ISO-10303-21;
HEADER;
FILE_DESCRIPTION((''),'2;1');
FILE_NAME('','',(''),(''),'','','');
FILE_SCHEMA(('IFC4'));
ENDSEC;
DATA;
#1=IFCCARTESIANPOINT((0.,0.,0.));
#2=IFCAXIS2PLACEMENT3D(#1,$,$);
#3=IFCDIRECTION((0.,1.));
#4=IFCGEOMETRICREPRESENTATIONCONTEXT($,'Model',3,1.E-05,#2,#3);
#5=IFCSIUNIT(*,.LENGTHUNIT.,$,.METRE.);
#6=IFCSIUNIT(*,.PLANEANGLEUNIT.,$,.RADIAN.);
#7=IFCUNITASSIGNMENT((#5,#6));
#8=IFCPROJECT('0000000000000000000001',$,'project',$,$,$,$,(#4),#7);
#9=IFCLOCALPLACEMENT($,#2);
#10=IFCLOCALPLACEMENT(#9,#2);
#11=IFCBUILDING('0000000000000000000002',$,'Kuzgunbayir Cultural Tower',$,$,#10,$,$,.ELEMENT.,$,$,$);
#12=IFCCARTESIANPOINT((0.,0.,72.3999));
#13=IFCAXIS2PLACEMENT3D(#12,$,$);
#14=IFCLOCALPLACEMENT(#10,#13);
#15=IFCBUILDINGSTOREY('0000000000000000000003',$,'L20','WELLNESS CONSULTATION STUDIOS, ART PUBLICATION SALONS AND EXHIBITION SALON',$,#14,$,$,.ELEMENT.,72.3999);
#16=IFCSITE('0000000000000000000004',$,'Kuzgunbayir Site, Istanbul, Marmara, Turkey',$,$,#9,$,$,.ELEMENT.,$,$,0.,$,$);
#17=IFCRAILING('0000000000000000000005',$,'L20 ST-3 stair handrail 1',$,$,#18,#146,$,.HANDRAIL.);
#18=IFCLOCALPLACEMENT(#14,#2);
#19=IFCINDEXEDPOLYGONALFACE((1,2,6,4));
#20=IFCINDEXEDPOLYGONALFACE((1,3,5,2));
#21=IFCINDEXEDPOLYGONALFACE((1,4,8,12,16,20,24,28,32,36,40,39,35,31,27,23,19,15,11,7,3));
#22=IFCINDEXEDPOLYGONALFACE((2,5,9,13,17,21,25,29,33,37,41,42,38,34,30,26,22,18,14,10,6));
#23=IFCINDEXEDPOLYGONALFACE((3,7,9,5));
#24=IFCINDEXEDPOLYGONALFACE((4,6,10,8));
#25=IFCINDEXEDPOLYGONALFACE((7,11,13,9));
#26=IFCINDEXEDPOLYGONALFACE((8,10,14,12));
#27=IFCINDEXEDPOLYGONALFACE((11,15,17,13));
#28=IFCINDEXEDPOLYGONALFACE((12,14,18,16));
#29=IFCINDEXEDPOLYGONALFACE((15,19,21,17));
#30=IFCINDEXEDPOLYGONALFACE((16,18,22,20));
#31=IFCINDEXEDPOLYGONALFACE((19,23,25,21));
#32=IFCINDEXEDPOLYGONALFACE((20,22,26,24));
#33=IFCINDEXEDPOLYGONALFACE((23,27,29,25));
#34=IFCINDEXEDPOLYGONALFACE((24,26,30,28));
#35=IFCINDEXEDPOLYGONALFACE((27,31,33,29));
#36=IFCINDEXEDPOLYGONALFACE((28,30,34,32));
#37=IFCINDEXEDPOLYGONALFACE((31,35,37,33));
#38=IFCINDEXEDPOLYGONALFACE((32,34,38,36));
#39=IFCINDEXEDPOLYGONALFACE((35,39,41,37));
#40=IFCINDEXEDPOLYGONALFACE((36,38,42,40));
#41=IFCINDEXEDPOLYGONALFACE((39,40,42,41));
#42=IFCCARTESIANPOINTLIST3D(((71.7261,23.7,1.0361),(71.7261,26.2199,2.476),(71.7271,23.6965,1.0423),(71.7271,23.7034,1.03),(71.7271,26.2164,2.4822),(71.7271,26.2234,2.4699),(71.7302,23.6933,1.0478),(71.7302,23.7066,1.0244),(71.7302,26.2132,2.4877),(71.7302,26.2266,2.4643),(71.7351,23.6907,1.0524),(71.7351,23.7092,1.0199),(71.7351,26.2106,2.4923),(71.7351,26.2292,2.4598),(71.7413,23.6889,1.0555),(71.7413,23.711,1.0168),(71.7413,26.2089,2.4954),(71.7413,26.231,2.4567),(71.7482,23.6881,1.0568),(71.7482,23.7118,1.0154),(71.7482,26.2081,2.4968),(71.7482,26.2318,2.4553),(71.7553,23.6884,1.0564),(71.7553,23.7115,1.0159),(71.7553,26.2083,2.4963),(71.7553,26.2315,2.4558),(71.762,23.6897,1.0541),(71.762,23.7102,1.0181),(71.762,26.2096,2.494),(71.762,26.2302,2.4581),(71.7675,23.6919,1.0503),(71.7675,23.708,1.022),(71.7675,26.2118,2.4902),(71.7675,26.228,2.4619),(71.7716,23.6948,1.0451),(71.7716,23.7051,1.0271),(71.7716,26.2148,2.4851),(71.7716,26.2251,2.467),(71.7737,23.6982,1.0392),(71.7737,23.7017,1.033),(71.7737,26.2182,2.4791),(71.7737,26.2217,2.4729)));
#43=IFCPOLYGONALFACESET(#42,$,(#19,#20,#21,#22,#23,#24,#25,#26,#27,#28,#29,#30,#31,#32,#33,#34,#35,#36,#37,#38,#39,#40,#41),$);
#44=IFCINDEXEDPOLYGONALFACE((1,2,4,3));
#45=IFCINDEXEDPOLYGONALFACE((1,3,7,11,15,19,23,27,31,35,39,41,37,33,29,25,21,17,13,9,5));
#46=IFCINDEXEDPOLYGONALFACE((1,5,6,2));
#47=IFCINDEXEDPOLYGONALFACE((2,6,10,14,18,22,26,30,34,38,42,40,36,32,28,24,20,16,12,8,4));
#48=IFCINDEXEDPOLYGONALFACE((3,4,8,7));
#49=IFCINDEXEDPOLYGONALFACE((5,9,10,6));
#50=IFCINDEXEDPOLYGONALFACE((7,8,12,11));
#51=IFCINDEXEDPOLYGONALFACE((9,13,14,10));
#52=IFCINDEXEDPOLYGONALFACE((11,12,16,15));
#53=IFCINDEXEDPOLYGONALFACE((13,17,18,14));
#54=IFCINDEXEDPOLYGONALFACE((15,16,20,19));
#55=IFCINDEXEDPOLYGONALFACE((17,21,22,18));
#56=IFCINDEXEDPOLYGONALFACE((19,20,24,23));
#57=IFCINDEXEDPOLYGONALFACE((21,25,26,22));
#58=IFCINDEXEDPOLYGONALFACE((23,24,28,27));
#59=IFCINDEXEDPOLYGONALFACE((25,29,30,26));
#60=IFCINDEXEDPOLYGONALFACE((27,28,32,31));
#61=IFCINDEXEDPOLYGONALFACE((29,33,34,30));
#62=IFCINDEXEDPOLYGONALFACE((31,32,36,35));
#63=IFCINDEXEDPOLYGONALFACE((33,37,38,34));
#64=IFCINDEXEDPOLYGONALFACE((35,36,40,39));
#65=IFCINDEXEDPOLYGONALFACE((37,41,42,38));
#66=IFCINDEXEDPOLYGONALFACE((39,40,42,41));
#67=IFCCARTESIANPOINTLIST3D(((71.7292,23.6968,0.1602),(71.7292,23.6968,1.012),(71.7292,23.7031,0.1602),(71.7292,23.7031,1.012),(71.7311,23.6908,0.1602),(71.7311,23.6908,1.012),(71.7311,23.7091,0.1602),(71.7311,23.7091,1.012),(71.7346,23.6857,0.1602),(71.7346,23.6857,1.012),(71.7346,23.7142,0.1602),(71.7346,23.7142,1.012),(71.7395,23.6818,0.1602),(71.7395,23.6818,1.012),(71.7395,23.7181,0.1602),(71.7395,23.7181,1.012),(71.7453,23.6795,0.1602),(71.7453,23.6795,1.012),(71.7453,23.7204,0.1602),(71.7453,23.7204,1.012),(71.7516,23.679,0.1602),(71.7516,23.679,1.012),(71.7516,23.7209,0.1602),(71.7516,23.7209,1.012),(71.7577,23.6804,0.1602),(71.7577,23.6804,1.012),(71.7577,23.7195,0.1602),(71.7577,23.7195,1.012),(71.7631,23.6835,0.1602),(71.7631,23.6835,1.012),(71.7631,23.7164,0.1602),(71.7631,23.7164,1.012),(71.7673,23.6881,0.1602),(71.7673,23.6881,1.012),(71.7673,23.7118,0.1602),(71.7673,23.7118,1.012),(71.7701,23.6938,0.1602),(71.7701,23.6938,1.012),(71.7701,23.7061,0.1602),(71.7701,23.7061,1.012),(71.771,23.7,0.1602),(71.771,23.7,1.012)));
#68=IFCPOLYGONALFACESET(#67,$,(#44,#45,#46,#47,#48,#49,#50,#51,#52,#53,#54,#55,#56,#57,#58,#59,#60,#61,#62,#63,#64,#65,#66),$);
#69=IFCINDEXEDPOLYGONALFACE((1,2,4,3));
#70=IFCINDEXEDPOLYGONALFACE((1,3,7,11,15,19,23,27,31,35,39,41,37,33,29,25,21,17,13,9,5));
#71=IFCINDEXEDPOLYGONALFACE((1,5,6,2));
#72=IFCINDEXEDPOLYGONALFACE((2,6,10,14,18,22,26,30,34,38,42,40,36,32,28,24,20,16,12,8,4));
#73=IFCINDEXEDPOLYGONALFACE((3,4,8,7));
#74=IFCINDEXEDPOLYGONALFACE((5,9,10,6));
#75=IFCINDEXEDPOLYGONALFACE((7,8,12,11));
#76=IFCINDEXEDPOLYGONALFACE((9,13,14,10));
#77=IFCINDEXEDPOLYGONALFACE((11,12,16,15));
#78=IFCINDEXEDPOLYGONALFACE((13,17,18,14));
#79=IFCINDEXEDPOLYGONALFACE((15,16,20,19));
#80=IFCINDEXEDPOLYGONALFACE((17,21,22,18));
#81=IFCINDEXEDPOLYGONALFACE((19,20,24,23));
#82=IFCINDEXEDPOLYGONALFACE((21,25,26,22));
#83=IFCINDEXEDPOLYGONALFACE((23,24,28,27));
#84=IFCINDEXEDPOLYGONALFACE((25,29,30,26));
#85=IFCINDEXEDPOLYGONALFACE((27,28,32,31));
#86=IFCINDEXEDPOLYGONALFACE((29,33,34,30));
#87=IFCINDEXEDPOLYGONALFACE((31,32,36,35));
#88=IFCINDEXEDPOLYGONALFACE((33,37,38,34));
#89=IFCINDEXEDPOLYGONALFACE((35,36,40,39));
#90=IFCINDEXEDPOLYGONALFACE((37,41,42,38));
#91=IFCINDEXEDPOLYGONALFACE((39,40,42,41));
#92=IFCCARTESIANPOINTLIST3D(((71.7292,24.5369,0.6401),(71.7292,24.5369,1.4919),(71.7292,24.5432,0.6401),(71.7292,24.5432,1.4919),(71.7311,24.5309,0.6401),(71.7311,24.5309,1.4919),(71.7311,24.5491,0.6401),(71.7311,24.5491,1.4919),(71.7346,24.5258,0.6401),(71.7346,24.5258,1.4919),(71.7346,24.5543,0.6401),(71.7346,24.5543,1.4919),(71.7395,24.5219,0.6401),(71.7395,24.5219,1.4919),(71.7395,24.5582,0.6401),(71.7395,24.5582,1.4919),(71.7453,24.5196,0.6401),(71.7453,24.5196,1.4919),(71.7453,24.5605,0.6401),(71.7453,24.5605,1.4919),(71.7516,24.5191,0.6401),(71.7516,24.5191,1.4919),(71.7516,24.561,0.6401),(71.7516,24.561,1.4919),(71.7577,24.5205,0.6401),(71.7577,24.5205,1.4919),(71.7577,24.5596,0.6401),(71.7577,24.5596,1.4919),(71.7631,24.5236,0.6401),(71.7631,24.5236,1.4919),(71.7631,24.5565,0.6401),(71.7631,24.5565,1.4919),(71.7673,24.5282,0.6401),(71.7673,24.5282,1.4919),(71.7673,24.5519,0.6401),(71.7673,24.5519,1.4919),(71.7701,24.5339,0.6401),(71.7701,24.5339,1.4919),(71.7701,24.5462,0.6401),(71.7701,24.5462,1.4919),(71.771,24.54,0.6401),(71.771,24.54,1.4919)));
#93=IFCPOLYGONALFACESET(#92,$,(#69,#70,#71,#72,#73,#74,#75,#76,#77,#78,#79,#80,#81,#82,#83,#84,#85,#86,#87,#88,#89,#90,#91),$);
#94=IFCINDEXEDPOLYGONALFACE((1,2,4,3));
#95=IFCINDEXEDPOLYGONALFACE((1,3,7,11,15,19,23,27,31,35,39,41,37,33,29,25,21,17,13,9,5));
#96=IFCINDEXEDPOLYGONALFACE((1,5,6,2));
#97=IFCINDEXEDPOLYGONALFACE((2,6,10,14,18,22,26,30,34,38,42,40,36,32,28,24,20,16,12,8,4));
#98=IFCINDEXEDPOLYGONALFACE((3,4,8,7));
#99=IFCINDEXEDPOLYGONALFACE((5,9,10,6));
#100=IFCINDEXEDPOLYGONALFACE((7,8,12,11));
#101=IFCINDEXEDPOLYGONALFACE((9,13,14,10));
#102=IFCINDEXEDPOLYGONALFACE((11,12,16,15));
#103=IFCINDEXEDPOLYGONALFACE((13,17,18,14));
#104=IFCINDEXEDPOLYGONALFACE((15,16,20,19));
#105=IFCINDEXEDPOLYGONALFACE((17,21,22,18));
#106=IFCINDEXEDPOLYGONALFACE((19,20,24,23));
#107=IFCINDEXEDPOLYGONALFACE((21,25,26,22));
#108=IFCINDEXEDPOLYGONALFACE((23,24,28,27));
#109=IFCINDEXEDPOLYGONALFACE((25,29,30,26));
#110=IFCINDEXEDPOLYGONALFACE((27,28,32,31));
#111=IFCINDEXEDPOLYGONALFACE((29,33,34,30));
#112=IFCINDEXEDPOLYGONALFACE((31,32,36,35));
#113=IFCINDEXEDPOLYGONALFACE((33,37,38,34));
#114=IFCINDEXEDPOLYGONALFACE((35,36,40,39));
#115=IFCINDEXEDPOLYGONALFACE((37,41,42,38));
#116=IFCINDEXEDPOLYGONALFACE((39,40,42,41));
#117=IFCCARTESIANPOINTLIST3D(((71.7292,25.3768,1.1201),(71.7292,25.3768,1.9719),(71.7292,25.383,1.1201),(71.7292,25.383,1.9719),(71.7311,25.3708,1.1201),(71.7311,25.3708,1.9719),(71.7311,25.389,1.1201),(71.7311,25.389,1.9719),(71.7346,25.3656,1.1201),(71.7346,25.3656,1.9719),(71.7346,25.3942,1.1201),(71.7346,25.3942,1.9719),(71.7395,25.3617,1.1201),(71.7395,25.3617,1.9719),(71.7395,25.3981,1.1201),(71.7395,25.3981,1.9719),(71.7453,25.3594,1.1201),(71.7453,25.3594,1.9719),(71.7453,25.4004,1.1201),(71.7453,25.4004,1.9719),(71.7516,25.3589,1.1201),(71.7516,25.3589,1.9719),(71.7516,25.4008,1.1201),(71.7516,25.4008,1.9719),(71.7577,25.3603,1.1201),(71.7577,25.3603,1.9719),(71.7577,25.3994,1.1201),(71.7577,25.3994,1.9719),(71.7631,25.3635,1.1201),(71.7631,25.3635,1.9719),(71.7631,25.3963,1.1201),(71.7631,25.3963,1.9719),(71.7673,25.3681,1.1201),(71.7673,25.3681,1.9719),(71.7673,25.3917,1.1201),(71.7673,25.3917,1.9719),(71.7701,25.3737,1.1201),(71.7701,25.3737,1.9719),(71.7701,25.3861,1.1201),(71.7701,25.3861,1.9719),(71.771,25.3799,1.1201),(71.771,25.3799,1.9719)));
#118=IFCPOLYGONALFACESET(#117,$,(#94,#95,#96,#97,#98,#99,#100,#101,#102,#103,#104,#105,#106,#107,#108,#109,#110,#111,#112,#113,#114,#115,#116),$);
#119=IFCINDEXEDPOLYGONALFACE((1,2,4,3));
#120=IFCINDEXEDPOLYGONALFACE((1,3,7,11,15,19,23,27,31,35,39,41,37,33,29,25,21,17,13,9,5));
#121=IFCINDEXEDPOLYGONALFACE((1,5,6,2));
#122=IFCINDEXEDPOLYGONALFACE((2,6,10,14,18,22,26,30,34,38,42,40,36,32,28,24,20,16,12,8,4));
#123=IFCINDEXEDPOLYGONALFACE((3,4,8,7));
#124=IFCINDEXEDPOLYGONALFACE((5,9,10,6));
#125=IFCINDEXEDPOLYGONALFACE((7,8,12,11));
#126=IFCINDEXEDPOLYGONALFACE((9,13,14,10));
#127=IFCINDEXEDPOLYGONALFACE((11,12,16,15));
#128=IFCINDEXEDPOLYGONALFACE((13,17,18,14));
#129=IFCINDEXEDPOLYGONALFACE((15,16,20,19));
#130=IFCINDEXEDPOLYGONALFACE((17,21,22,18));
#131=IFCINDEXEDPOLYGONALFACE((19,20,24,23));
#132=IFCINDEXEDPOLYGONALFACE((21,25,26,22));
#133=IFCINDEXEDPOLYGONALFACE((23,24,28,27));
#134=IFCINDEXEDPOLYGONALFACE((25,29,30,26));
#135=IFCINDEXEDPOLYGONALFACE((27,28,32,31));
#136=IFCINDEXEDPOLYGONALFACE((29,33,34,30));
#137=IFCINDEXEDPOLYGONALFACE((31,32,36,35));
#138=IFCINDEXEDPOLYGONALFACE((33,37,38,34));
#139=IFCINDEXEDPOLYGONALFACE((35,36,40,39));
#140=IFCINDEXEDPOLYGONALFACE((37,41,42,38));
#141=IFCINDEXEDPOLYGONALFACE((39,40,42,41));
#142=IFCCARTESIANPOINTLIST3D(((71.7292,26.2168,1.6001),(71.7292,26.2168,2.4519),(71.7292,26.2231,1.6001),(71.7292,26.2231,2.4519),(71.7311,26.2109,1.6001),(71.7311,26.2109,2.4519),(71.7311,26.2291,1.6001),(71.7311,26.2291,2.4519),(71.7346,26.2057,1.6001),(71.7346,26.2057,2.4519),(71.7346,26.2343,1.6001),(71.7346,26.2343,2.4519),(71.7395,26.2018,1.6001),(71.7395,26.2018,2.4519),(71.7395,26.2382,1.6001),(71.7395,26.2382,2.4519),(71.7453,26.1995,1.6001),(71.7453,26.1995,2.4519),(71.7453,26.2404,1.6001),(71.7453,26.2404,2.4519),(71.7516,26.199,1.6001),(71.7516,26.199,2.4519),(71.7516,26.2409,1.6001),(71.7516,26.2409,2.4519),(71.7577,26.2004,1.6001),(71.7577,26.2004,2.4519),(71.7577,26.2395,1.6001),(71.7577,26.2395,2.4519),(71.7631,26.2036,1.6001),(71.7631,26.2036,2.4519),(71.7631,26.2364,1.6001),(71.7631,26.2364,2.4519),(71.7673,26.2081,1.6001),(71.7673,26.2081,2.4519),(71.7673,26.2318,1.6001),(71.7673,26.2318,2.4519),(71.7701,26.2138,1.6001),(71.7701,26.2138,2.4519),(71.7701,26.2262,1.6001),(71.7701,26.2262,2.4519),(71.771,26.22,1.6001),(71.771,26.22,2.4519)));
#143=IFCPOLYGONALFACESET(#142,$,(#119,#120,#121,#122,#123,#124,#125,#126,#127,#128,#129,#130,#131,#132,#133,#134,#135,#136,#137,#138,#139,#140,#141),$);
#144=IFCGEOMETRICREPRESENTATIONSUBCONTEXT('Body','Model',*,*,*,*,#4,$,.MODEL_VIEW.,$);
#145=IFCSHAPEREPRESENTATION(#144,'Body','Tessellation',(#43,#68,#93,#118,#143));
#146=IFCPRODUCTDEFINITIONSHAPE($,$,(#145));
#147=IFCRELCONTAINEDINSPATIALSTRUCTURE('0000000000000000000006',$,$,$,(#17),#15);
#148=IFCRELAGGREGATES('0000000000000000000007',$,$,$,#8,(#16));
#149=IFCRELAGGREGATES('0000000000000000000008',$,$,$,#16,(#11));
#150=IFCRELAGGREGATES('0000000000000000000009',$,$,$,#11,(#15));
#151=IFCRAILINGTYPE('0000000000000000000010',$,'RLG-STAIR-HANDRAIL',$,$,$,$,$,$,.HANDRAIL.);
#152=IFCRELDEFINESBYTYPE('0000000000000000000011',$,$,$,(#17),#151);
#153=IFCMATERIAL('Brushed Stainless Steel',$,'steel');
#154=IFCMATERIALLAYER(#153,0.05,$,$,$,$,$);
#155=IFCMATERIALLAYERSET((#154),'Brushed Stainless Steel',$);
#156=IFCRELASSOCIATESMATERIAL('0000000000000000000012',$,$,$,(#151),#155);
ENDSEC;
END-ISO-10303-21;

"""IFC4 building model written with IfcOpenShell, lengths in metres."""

from ifc_helpers import new_model, si_unit, direction, frame, origin, origin_2d, place, context, subcontext, project, spatial, circle, extrude, material, layer, layer_set, type_object, element, save


model = new_model("IFC4")

# Units and contexts
model_context = context("Model", 3, precision=1e-05, world=origin(), true_north=direction((0.0, 1.0)))
body_context = subcontext(model_context, "Body", "Model", "MODEL_VIEW")
ifc_project = project(units=[si_unit("LENGTHUNIT", "METRE"), si_unit("PLANEANGLEUNIT", "RADIAN")], contexts=[model_context])

# Site, building, storey
site_placement = place(None, origin())
site = spatial("IfcSite", under=ifc_project, at=site_placement, Name="Kuzgunbayir Site, Istanbul, Marmara, Turkey", CompositionType="ELEMENT", RefElevation=0.0)
building_placement = place(site_placement, origin())
building = spatial("IfcBuilding", under=site, at=building_placement, Name="Kuzgunbayir Cultural Tower", CompositionType="ELEMENT")
storey_placement = place(building_placement, frame((0.0, 0.0, 72.3999)))
storey = spatial("IfcBuildingStorey", under=building, at=storey_placement, Name="L20", Description="WELLNESS CONSULTATION STUDIOS, ART PUBLICATION SALONS AND EXHIBITION SALON", CompositionType="ELEMENT", Elevation=72.3999)

# Railing
ifc_material_1 = material(Name="Brushed Stainless Steel", Category="steel")
ifc_layer_1 = layer(ifc_material_1, 0.05)
ifc_layer_set_1 = layer_set([ifc_layer_1], Name="Brushed Stainless Steel")
railing_type_1 = type_object("IfcRailingType", Name="RLG-STAIR-HANDRAIL", PredefinedType="HANDRAIL", material=ifc_layer_set_1)
railing_1_placement = place(storey_placement, frame((71.75, 23.7, 0.1602)))
element("IfcRailing", 1, at=railing_1_placement, inside=storey, type_object=railing_type_1, Name="L20 ST-3 stair handrail 1", PredefinedType="HANDRAIL", context=body_context, shape_type="SweptSolid", body=[
    extrude(circle(Radius=0.0239, at=origin_2d()), frame((0.0, 0.0, 0.876), z_axis=(0.0, 0.868253, 0.496121), x_axis=(-1.0, 0.0, 0.0)), (0.0, 0.0, 1.0), 2.9023),
    extrude(circle(Radius=0.021, at=origin_2d()), origin(), (0.0, 0.0, 1.0), 0.8518),
    extrude(circle(Radius=0.021, at=origin_2d()), frame((0.0, 0.8401, 0.48)), (0.0, 0.0, 1.0), 0.8518),
    extrude(circle(Radius=0.021, at=origin_2d()), frame((0.0, 1.6799, 0.96)), (0.0, 0.0, 1.0), 0.8518),
    extrude(circle(Radius=0.021, at=origin_2d()), frame((0.0, 2.52, 1.4399)), (0.0, 0.0, 1.0), 0.8518),
])

save(model, "model.ifc")
